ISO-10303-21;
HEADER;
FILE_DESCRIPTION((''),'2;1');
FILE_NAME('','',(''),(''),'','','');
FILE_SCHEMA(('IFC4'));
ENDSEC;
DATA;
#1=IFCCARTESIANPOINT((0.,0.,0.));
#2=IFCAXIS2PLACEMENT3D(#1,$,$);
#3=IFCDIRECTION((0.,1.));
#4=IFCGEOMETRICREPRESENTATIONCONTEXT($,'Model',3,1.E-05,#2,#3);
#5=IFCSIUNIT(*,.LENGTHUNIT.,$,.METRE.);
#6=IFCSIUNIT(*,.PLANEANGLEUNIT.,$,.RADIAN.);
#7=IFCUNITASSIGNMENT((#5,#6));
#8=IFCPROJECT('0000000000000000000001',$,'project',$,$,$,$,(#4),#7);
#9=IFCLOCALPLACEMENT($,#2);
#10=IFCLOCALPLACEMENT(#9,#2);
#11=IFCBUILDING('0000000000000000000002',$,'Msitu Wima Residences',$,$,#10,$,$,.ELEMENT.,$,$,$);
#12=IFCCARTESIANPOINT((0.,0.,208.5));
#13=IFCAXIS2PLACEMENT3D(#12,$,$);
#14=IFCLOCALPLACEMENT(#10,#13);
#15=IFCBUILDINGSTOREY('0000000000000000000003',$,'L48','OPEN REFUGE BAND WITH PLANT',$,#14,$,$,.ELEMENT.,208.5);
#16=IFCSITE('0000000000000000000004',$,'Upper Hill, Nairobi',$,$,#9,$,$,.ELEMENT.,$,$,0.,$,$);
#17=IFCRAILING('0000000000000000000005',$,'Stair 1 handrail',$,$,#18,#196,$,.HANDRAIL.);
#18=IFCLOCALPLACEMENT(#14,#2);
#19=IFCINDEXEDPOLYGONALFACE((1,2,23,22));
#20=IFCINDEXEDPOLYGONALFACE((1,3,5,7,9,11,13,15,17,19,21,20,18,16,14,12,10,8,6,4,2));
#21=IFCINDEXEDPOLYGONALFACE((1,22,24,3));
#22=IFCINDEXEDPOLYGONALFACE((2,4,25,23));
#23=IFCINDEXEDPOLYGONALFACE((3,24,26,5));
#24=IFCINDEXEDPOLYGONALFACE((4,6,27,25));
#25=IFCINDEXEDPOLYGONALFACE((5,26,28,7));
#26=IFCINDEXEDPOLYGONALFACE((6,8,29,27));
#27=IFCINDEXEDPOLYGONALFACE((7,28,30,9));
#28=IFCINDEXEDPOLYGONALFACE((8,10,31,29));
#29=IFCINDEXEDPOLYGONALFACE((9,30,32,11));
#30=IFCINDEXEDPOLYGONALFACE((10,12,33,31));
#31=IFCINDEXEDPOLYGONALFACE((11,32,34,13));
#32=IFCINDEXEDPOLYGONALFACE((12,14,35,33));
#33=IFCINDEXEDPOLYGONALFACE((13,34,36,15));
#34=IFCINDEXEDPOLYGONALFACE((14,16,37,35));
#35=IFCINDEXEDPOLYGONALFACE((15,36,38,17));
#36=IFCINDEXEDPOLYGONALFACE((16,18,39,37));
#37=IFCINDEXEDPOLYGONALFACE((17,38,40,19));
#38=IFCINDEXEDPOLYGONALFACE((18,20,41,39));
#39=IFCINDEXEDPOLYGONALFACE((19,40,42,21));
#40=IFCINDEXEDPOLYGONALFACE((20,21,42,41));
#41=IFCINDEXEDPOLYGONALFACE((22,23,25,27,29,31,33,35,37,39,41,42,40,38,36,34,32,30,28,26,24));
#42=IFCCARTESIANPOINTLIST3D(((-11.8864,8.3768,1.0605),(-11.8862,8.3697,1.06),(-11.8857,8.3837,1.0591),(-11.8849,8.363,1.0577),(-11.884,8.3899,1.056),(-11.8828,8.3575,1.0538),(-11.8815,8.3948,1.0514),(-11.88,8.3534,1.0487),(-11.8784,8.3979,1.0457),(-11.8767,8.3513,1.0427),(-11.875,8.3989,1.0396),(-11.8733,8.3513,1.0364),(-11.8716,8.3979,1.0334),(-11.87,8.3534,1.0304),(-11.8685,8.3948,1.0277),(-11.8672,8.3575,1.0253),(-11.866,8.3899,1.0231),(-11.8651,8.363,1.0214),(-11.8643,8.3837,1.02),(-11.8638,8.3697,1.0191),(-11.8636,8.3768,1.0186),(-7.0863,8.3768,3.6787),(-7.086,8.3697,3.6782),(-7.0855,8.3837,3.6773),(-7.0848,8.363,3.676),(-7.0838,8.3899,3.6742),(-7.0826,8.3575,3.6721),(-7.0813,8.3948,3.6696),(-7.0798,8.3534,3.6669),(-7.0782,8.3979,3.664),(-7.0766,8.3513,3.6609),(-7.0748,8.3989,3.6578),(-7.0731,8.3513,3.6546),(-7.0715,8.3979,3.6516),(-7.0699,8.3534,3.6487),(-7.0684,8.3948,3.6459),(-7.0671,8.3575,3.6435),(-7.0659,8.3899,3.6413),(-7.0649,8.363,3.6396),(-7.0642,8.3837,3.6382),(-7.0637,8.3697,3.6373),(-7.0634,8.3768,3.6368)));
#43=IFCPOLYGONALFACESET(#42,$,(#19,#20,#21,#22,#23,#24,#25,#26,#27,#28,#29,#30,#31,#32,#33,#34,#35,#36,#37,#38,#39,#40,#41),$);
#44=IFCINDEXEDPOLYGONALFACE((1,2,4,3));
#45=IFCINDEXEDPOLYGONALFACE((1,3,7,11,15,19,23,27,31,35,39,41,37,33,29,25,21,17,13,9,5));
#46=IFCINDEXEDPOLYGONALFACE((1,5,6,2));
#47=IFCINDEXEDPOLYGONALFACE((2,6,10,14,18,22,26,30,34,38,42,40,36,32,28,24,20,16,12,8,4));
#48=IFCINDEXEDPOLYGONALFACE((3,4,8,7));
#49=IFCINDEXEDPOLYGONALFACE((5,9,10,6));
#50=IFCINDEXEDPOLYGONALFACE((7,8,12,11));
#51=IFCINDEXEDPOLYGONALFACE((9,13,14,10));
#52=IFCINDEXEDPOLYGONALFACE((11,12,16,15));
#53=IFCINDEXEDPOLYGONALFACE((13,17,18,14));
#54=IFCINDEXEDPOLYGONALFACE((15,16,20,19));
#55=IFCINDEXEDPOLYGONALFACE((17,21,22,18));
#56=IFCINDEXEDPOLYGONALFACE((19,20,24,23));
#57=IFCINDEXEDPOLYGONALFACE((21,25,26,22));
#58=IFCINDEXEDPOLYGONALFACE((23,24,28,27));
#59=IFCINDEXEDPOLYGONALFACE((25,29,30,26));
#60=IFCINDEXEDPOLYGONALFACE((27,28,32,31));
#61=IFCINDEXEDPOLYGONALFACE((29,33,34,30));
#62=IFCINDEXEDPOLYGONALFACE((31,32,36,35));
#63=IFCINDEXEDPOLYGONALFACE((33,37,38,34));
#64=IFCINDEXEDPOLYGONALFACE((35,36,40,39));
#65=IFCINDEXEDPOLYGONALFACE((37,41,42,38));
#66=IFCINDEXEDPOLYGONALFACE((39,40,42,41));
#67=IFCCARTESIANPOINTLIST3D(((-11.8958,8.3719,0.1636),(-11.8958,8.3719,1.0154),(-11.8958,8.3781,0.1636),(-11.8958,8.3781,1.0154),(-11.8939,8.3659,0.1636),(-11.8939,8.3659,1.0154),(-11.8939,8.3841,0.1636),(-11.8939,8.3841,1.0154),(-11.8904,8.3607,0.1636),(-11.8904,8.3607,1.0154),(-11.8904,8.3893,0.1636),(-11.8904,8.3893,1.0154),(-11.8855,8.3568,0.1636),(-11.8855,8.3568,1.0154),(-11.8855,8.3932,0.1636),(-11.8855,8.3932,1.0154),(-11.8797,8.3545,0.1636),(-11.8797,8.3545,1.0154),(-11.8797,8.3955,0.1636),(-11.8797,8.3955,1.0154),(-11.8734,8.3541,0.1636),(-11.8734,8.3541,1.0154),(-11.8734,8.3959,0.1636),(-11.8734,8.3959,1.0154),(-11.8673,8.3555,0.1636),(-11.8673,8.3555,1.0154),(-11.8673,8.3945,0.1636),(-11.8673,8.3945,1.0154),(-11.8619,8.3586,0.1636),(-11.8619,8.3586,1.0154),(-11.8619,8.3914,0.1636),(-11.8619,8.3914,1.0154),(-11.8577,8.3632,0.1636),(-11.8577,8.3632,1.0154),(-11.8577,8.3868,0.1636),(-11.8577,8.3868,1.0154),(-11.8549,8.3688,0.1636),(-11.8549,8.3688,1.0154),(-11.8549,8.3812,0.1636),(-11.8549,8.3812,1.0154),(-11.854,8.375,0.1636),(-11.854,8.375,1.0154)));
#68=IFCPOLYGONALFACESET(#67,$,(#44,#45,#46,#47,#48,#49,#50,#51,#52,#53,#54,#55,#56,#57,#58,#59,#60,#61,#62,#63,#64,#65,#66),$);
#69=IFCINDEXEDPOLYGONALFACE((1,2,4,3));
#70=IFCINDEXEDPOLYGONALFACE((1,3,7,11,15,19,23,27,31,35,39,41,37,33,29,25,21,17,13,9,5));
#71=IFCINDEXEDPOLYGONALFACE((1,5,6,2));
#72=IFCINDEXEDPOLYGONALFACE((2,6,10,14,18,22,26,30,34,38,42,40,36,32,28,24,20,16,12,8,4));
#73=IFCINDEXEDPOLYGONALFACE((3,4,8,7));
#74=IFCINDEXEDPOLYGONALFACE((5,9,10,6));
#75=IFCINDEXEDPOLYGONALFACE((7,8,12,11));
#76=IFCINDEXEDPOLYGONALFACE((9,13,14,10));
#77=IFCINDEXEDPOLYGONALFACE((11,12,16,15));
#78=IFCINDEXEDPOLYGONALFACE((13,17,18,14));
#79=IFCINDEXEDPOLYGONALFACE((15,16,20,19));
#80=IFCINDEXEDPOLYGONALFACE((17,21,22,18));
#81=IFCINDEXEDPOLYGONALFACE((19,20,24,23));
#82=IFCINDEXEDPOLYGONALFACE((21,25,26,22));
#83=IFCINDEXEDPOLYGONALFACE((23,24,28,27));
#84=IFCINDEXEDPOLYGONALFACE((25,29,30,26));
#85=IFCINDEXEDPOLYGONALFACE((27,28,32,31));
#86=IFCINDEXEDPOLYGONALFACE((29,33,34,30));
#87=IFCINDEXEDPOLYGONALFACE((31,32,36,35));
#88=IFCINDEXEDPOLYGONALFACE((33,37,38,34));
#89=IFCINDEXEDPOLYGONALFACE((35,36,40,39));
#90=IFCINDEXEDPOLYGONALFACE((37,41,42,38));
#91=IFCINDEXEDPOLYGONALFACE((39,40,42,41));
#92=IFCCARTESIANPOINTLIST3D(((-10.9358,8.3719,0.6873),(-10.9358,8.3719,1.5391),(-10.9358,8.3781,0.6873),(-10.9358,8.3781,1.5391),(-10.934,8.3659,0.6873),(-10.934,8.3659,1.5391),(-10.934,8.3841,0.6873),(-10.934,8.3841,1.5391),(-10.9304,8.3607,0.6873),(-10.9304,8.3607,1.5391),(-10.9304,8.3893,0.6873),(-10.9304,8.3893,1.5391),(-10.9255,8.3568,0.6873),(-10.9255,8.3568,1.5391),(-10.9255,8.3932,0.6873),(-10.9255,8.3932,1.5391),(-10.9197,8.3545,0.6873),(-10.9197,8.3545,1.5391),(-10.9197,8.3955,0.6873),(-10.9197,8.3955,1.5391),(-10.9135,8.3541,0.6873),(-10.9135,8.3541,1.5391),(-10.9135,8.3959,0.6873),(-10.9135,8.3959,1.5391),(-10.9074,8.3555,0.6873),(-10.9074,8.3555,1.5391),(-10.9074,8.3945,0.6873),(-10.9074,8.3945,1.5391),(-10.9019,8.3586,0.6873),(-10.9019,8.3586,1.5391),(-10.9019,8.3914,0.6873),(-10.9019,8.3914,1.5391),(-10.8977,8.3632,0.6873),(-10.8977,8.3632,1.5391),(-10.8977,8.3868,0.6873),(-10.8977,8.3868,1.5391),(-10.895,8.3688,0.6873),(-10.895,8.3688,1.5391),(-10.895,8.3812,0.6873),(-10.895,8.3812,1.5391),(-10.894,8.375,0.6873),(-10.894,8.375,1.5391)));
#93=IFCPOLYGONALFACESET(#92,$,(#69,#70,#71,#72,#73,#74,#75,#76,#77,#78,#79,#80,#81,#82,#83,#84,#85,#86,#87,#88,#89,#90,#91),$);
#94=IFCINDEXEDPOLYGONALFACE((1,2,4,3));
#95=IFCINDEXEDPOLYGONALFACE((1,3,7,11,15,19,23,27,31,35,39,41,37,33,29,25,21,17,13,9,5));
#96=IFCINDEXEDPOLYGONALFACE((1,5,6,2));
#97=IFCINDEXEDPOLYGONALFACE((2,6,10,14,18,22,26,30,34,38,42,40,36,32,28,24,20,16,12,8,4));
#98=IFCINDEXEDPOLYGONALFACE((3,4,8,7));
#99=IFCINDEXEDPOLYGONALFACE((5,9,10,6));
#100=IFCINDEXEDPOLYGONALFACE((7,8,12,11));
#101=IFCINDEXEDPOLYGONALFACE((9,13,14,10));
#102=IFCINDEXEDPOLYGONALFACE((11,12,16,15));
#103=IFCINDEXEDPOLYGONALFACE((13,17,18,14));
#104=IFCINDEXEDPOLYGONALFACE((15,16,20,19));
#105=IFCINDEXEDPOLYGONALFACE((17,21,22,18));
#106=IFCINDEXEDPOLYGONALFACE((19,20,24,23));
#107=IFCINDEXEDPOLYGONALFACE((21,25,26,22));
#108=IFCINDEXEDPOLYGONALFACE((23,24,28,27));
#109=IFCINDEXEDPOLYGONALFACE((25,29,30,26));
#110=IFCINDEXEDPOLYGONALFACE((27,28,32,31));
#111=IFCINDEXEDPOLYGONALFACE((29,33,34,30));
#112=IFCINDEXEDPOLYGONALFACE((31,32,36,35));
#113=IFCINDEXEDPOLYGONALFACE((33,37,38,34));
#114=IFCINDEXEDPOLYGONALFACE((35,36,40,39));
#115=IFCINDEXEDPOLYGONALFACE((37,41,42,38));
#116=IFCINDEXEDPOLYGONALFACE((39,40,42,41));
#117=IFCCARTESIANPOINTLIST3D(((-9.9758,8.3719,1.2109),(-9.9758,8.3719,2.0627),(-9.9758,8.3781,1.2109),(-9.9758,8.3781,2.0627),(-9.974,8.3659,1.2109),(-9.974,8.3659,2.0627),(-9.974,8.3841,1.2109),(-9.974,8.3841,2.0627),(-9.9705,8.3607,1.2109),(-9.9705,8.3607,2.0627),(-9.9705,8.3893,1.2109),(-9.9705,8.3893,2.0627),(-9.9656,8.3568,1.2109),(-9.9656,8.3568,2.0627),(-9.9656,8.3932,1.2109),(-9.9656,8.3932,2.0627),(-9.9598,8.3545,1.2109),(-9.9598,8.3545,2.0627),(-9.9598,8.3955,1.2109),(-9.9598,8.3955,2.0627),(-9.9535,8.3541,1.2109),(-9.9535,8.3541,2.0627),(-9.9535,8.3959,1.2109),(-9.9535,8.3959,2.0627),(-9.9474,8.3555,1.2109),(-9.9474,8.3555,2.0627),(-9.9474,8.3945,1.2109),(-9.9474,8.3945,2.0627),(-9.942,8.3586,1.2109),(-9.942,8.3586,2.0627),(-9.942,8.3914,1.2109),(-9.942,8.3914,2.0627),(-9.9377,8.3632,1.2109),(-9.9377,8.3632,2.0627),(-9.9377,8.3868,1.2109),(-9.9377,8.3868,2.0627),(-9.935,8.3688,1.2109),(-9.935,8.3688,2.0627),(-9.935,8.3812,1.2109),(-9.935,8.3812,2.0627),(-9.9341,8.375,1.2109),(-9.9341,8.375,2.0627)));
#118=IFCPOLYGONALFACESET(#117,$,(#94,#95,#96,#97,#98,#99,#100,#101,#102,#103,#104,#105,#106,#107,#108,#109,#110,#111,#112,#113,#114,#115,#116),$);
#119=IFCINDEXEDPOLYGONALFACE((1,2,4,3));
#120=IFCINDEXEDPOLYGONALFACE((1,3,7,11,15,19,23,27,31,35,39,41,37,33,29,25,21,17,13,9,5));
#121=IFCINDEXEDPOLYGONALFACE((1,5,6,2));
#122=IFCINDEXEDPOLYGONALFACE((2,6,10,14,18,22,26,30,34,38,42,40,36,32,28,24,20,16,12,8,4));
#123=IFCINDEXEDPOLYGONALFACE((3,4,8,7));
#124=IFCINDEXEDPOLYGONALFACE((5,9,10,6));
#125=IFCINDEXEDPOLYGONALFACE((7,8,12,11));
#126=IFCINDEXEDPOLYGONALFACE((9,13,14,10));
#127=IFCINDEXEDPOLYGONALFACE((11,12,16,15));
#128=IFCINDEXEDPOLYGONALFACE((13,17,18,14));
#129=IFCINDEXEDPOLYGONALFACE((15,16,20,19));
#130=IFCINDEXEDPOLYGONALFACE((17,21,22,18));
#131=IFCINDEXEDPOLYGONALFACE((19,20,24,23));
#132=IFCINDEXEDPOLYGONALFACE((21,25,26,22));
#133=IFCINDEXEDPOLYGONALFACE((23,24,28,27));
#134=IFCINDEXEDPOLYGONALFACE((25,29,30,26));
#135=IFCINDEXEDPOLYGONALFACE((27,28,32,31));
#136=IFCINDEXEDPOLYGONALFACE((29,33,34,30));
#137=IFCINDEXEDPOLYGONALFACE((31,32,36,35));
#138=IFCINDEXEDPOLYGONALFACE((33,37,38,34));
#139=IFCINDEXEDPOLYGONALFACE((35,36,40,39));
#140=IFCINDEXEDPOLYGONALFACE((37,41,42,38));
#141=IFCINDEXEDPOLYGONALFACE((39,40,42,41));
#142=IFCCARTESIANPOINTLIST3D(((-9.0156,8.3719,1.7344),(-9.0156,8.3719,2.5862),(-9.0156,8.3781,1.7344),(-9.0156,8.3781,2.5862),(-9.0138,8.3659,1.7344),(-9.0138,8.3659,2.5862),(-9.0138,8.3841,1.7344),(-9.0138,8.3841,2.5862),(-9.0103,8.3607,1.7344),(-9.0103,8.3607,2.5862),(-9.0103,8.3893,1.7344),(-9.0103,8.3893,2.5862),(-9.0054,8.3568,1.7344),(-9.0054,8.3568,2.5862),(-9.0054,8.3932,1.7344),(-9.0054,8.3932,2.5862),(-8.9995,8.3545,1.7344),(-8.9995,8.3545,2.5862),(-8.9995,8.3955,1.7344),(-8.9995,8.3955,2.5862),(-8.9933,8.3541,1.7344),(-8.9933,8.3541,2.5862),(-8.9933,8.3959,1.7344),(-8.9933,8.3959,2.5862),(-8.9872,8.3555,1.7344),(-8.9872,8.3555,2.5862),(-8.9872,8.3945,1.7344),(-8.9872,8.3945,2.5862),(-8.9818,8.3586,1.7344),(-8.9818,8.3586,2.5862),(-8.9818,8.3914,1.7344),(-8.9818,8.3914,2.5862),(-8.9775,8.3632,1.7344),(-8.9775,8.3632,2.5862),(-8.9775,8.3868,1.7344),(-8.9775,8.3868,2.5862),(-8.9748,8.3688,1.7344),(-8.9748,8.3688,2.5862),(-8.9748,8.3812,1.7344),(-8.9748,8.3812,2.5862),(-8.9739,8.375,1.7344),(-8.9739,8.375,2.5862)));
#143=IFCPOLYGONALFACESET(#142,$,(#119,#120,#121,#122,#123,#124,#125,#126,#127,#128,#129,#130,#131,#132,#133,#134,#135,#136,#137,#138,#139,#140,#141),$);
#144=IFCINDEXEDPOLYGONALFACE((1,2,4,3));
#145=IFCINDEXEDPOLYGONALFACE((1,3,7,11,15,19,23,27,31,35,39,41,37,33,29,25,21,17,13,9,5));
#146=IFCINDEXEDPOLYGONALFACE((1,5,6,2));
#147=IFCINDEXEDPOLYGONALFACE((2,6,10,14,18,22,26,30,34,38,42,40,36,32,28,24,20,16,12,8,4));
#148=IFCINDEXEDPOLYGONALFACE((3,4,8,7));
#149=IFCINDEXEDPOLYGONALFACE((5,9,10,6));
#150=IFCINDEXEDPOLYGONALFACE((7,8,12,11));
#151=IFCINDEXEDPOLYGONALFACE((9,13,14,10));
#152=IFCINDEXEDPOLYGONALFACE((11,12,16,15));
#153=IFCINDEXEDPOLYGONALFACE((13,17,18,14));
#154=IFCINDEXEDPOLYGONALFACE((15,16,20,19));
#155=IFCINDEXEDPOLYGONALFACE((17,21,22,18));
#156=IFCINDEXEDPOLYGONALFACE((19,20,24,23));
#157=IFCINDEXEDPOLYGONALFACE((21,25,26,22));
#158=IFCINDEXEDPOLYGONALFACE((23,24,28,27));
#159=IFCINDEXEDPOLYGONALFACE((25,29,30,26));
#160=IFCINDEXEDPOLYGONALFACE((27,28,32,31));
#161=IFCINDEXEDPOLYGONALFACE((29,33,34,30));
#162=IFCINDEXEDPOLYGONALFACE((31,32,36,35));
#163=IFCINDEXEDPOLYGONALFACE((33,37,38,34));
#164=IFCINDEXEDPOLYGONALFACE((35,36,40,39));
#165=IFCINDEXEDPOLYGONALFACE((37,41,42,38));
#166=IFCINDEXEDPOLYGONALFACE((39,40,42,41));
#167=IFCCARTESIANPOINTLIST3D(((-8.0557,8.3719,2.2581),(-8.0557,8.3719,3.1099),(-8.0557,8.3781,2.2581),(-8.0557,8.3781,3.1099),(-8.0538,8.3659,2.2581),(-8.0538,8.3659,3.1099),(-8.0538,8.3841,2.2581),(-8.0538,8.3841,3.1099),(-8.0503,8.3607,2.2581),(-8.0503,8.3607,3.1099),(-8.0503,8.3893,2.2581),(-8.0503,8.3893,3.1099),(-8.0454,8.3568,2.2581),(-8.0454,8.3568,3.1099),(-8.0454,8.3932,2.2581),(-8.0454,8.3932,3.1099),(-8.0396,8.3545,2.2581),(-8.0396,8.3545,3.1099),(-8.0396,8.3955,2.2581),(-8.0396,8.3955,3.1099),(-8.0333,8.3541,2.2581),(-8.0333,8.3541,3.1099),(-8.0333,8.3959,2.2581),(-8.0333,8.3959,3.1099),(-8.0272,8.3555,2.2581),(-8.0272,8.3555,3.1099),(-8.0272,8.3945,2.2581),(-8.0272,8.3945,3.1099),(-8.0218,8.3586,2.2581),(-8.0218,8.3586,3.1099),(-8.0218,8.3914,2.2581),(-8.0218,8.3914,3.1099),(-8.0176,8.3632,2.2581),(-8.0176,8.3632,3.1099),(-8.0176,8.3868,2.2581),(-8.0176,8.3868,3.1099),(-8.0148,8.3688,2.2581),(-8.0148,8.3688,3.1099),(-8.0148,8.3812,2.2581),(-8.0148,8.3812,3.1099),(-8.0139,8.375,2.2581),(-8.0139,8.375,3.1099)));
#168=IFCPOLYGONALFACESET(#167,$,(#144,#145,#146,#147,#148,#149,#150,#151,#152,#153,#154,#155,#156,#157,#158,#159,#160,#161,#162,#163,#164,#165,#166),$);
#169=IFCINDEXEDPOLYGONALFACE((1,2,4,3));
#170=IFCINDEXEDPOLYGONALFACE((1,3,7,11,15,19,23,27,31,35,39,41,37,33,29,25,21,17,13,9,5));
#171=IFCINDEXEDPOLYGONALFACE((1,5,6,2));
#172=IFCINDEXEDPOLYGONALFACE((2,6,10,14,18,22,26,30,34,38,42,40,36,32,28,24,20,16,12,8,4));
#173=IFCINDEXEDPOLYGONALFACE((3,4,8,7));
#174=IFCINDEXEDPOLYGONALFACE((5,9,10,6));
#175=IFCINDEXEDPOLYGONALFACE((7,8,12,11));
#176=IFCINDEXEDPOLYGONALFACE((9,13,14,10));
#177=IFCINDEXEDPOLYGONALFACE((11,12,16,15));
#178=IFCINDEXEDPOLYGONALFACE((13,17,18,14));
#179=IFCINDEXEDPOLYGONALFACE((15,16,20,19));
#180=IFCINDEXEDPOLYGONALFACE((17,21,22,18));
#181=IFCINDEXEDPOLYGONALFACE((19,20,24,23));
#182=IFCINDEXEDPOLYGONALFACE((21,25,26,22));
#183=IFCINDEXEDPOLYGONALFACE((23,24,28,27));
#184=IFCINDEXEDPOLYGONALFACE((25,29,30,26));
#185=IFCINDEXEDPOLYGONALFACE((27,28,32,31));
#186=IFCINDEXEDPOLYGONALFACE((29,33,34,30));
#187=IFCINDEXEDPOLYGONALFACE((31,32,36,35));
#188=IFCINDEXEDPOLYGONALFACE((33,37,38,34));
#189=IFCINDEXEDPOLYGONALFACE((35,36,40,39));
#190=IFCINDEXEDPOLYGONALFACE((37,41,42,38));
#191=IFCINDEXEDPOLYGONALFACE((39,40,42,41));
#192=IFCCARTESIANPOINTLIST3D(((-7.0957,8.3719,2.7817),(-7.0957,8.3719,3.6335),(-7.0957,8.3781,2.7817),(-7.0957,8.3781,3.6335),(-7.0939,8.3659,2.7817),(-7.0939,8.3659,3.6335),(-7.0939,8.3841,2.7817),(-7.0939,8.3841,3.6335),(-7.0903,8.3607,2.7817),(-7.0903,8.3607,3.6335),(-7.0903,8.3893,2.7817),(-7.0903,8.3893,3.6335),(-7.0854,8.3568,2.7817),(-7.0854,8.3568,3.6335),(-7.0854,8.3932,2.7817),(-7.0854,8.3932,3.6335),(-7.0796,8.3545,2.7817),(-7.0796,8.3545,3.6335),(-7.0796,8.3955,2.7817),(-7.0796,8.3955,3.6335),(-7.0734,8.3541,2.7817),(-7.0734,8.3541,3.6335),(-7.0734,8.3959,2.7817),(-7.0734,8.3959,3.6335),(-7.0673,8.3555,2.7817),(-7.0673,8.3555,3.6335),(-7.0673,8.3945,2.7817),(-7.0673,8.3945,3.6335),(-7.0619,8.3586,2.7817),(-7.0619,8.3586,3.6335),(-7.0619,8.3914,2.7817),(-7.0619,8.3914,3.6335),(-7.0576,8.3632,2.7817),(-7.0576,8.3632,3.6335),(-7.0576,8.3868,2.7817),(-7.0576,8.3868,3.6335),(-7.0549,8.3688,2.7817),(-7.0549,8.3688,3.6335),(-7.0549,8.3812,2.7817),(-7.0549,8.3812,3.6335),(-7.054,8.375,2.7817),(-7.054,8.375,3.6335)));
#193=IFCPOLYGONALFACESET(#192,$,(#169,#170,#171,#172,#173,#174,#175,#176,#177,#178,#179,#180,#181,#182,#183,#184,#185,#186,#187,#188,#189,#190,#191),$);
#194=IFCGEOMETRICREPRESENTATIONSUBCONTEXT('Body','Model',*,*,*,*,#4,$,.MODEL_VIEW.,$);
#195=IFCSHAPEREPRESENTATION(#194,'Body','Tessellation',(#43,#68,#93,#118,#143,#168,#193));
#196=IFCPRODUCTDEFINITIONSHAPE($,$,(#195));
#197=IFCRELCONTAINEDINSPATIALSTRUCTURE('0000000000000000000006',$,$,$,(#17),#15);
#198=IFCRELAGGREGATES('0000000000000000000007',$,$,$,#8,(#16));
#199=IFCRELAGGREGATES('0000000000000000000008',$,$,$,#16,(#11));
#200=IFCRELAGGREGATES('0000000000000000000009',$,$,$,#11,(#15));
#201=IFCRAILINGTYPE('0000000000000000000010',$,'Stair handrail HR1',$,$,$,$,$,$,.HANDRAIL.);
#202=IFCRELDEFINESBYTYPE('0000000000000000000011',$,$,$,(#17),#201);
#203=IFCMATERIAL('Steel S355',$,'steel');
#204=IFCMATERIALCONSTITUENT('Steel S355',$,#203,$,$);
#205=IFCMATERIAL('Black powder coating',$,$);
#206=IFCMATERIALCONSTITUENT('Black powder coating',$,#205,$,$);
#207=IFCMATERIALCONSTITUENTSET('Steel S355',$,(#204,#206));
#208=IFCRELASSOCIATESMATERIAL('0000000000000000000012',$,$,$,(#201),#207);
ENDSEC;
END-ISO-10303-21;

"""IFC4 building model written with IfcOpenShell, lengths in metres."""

from ifc_helpers import new_model, si_unit, direction, frame, origin, origin_2d, place, context, subcontext, project, spatial, circle, extrude, material, constituent, constituent_set, type_object, element, save


model = new_model("IFC4")

# Units and contexts
model_context = context("Model", 3, precision=1e-05, world=origin(), true_north=direction((0.0, 1.0)))
body_context = subcontext(model_context, "Body", "Model", "MODEL_VIEW")
ifc_project = project(units=[si_unit("LENGTHUNIT", "METRE"), si_unit("PLANEANGLEUNIT", "RADIAN")], contexts=[model_context])

# Site, building, storey
site_placement = place(None, origin())
site = spatial("IfcSite", under=ifc_project, at=site_placement, Name="Upper Hill, Nairobi", CompositionType="ELEMENT", RefElevation=0.0)
building_placement = place(site_placement, origin())
building = spatial("IfcBuilding", under=site, at=building_placement, Name="Msitu Wima Residences", CompositionType="ELEMENT")
storey_placement = place(building_placement, frame((0.0, 0.0, 208.5)))
storey = spatial("IfcBuildingStorey", under=building, at=storey_placement, Name="L48", Description="OPEN REFUGE BAND WITH PLANT", CompositionType="ELEMENT", Elevation=208.5)

# Railing
ifc_material_1 = material(Name="Steel S355", Category="steel")
ifc_constituent_1 = constituent(ifc_material_1, Name="Steel S355")
ifc_material_2 = material(Name="Black powder coating")
ifc_constituent_2 = constituent(ifc_material_2, Name="Black powder coating")
ifc_constituent_set_1 = constituent_set(constituents=[ifc_constituent_1, ifc_constituent_2], Name="Steel S355")
railing_type_1 = type_object("IfcRailingType", Name="Stair handrail HR1", PredefinedType="HANDRAIL", material=ifc_constituent_set_1)
railing_1_placement = place(storey_placement, frame((-11.875, 8.375, 0.1636)))
element("IfcRailing", 1, at=railing_1_placement, inside=storey, type_object=railing_type_1, Name="Stair 1 handrail", PredefinedType="HANDRAIL", context=body_context, shape_type="SweptSolid", body=[
    extrude(circle(Radius=0.0239, at=origin_2d()), frame((0.0, 0.0, 0.876), z_axis=(0.877899, 0.0, 0.478846), x_axis=(0.0, 1.0, 0.0)), (0.0, 0.0, 1.0), 5.4678),
    extrude(circle(Radius=0.021, at=origin_2d()), origin(), (0.0, 0.0, 1.0), 0.8518),
    extrude(circle(Radius=0.021, at=origin_2d()), frame((0.96, 0.0, 0.5237)), (0.0, 0.0, 1.0), 0.8518),
    extrude(circle(Radius=0.021, at=origin_2d()), frame((1.9199, 0.0, 1.0474)), (0.0, 0.0, 1.0), 0.8518),
    extrude(circle(Radius=0.021, at=origin_2d()), frame((2.8801, 0.0, 1.5708)), (0.0, 0.0, 1.0), 0.8518),
    extrude(circle(Radius=0.021, at=origin_2d()), frame((3.8401, 0.0, 2.0945)), (0.0, 0.0, 1.0), 0.8518),
    extrude(circle(Radius=0.021, at=origin_2d()), frame((4.8, 0.0, 2.6182)), (0.0, 0.0, 1.0), 0.8518),
])

save(model, "model.ifc")
